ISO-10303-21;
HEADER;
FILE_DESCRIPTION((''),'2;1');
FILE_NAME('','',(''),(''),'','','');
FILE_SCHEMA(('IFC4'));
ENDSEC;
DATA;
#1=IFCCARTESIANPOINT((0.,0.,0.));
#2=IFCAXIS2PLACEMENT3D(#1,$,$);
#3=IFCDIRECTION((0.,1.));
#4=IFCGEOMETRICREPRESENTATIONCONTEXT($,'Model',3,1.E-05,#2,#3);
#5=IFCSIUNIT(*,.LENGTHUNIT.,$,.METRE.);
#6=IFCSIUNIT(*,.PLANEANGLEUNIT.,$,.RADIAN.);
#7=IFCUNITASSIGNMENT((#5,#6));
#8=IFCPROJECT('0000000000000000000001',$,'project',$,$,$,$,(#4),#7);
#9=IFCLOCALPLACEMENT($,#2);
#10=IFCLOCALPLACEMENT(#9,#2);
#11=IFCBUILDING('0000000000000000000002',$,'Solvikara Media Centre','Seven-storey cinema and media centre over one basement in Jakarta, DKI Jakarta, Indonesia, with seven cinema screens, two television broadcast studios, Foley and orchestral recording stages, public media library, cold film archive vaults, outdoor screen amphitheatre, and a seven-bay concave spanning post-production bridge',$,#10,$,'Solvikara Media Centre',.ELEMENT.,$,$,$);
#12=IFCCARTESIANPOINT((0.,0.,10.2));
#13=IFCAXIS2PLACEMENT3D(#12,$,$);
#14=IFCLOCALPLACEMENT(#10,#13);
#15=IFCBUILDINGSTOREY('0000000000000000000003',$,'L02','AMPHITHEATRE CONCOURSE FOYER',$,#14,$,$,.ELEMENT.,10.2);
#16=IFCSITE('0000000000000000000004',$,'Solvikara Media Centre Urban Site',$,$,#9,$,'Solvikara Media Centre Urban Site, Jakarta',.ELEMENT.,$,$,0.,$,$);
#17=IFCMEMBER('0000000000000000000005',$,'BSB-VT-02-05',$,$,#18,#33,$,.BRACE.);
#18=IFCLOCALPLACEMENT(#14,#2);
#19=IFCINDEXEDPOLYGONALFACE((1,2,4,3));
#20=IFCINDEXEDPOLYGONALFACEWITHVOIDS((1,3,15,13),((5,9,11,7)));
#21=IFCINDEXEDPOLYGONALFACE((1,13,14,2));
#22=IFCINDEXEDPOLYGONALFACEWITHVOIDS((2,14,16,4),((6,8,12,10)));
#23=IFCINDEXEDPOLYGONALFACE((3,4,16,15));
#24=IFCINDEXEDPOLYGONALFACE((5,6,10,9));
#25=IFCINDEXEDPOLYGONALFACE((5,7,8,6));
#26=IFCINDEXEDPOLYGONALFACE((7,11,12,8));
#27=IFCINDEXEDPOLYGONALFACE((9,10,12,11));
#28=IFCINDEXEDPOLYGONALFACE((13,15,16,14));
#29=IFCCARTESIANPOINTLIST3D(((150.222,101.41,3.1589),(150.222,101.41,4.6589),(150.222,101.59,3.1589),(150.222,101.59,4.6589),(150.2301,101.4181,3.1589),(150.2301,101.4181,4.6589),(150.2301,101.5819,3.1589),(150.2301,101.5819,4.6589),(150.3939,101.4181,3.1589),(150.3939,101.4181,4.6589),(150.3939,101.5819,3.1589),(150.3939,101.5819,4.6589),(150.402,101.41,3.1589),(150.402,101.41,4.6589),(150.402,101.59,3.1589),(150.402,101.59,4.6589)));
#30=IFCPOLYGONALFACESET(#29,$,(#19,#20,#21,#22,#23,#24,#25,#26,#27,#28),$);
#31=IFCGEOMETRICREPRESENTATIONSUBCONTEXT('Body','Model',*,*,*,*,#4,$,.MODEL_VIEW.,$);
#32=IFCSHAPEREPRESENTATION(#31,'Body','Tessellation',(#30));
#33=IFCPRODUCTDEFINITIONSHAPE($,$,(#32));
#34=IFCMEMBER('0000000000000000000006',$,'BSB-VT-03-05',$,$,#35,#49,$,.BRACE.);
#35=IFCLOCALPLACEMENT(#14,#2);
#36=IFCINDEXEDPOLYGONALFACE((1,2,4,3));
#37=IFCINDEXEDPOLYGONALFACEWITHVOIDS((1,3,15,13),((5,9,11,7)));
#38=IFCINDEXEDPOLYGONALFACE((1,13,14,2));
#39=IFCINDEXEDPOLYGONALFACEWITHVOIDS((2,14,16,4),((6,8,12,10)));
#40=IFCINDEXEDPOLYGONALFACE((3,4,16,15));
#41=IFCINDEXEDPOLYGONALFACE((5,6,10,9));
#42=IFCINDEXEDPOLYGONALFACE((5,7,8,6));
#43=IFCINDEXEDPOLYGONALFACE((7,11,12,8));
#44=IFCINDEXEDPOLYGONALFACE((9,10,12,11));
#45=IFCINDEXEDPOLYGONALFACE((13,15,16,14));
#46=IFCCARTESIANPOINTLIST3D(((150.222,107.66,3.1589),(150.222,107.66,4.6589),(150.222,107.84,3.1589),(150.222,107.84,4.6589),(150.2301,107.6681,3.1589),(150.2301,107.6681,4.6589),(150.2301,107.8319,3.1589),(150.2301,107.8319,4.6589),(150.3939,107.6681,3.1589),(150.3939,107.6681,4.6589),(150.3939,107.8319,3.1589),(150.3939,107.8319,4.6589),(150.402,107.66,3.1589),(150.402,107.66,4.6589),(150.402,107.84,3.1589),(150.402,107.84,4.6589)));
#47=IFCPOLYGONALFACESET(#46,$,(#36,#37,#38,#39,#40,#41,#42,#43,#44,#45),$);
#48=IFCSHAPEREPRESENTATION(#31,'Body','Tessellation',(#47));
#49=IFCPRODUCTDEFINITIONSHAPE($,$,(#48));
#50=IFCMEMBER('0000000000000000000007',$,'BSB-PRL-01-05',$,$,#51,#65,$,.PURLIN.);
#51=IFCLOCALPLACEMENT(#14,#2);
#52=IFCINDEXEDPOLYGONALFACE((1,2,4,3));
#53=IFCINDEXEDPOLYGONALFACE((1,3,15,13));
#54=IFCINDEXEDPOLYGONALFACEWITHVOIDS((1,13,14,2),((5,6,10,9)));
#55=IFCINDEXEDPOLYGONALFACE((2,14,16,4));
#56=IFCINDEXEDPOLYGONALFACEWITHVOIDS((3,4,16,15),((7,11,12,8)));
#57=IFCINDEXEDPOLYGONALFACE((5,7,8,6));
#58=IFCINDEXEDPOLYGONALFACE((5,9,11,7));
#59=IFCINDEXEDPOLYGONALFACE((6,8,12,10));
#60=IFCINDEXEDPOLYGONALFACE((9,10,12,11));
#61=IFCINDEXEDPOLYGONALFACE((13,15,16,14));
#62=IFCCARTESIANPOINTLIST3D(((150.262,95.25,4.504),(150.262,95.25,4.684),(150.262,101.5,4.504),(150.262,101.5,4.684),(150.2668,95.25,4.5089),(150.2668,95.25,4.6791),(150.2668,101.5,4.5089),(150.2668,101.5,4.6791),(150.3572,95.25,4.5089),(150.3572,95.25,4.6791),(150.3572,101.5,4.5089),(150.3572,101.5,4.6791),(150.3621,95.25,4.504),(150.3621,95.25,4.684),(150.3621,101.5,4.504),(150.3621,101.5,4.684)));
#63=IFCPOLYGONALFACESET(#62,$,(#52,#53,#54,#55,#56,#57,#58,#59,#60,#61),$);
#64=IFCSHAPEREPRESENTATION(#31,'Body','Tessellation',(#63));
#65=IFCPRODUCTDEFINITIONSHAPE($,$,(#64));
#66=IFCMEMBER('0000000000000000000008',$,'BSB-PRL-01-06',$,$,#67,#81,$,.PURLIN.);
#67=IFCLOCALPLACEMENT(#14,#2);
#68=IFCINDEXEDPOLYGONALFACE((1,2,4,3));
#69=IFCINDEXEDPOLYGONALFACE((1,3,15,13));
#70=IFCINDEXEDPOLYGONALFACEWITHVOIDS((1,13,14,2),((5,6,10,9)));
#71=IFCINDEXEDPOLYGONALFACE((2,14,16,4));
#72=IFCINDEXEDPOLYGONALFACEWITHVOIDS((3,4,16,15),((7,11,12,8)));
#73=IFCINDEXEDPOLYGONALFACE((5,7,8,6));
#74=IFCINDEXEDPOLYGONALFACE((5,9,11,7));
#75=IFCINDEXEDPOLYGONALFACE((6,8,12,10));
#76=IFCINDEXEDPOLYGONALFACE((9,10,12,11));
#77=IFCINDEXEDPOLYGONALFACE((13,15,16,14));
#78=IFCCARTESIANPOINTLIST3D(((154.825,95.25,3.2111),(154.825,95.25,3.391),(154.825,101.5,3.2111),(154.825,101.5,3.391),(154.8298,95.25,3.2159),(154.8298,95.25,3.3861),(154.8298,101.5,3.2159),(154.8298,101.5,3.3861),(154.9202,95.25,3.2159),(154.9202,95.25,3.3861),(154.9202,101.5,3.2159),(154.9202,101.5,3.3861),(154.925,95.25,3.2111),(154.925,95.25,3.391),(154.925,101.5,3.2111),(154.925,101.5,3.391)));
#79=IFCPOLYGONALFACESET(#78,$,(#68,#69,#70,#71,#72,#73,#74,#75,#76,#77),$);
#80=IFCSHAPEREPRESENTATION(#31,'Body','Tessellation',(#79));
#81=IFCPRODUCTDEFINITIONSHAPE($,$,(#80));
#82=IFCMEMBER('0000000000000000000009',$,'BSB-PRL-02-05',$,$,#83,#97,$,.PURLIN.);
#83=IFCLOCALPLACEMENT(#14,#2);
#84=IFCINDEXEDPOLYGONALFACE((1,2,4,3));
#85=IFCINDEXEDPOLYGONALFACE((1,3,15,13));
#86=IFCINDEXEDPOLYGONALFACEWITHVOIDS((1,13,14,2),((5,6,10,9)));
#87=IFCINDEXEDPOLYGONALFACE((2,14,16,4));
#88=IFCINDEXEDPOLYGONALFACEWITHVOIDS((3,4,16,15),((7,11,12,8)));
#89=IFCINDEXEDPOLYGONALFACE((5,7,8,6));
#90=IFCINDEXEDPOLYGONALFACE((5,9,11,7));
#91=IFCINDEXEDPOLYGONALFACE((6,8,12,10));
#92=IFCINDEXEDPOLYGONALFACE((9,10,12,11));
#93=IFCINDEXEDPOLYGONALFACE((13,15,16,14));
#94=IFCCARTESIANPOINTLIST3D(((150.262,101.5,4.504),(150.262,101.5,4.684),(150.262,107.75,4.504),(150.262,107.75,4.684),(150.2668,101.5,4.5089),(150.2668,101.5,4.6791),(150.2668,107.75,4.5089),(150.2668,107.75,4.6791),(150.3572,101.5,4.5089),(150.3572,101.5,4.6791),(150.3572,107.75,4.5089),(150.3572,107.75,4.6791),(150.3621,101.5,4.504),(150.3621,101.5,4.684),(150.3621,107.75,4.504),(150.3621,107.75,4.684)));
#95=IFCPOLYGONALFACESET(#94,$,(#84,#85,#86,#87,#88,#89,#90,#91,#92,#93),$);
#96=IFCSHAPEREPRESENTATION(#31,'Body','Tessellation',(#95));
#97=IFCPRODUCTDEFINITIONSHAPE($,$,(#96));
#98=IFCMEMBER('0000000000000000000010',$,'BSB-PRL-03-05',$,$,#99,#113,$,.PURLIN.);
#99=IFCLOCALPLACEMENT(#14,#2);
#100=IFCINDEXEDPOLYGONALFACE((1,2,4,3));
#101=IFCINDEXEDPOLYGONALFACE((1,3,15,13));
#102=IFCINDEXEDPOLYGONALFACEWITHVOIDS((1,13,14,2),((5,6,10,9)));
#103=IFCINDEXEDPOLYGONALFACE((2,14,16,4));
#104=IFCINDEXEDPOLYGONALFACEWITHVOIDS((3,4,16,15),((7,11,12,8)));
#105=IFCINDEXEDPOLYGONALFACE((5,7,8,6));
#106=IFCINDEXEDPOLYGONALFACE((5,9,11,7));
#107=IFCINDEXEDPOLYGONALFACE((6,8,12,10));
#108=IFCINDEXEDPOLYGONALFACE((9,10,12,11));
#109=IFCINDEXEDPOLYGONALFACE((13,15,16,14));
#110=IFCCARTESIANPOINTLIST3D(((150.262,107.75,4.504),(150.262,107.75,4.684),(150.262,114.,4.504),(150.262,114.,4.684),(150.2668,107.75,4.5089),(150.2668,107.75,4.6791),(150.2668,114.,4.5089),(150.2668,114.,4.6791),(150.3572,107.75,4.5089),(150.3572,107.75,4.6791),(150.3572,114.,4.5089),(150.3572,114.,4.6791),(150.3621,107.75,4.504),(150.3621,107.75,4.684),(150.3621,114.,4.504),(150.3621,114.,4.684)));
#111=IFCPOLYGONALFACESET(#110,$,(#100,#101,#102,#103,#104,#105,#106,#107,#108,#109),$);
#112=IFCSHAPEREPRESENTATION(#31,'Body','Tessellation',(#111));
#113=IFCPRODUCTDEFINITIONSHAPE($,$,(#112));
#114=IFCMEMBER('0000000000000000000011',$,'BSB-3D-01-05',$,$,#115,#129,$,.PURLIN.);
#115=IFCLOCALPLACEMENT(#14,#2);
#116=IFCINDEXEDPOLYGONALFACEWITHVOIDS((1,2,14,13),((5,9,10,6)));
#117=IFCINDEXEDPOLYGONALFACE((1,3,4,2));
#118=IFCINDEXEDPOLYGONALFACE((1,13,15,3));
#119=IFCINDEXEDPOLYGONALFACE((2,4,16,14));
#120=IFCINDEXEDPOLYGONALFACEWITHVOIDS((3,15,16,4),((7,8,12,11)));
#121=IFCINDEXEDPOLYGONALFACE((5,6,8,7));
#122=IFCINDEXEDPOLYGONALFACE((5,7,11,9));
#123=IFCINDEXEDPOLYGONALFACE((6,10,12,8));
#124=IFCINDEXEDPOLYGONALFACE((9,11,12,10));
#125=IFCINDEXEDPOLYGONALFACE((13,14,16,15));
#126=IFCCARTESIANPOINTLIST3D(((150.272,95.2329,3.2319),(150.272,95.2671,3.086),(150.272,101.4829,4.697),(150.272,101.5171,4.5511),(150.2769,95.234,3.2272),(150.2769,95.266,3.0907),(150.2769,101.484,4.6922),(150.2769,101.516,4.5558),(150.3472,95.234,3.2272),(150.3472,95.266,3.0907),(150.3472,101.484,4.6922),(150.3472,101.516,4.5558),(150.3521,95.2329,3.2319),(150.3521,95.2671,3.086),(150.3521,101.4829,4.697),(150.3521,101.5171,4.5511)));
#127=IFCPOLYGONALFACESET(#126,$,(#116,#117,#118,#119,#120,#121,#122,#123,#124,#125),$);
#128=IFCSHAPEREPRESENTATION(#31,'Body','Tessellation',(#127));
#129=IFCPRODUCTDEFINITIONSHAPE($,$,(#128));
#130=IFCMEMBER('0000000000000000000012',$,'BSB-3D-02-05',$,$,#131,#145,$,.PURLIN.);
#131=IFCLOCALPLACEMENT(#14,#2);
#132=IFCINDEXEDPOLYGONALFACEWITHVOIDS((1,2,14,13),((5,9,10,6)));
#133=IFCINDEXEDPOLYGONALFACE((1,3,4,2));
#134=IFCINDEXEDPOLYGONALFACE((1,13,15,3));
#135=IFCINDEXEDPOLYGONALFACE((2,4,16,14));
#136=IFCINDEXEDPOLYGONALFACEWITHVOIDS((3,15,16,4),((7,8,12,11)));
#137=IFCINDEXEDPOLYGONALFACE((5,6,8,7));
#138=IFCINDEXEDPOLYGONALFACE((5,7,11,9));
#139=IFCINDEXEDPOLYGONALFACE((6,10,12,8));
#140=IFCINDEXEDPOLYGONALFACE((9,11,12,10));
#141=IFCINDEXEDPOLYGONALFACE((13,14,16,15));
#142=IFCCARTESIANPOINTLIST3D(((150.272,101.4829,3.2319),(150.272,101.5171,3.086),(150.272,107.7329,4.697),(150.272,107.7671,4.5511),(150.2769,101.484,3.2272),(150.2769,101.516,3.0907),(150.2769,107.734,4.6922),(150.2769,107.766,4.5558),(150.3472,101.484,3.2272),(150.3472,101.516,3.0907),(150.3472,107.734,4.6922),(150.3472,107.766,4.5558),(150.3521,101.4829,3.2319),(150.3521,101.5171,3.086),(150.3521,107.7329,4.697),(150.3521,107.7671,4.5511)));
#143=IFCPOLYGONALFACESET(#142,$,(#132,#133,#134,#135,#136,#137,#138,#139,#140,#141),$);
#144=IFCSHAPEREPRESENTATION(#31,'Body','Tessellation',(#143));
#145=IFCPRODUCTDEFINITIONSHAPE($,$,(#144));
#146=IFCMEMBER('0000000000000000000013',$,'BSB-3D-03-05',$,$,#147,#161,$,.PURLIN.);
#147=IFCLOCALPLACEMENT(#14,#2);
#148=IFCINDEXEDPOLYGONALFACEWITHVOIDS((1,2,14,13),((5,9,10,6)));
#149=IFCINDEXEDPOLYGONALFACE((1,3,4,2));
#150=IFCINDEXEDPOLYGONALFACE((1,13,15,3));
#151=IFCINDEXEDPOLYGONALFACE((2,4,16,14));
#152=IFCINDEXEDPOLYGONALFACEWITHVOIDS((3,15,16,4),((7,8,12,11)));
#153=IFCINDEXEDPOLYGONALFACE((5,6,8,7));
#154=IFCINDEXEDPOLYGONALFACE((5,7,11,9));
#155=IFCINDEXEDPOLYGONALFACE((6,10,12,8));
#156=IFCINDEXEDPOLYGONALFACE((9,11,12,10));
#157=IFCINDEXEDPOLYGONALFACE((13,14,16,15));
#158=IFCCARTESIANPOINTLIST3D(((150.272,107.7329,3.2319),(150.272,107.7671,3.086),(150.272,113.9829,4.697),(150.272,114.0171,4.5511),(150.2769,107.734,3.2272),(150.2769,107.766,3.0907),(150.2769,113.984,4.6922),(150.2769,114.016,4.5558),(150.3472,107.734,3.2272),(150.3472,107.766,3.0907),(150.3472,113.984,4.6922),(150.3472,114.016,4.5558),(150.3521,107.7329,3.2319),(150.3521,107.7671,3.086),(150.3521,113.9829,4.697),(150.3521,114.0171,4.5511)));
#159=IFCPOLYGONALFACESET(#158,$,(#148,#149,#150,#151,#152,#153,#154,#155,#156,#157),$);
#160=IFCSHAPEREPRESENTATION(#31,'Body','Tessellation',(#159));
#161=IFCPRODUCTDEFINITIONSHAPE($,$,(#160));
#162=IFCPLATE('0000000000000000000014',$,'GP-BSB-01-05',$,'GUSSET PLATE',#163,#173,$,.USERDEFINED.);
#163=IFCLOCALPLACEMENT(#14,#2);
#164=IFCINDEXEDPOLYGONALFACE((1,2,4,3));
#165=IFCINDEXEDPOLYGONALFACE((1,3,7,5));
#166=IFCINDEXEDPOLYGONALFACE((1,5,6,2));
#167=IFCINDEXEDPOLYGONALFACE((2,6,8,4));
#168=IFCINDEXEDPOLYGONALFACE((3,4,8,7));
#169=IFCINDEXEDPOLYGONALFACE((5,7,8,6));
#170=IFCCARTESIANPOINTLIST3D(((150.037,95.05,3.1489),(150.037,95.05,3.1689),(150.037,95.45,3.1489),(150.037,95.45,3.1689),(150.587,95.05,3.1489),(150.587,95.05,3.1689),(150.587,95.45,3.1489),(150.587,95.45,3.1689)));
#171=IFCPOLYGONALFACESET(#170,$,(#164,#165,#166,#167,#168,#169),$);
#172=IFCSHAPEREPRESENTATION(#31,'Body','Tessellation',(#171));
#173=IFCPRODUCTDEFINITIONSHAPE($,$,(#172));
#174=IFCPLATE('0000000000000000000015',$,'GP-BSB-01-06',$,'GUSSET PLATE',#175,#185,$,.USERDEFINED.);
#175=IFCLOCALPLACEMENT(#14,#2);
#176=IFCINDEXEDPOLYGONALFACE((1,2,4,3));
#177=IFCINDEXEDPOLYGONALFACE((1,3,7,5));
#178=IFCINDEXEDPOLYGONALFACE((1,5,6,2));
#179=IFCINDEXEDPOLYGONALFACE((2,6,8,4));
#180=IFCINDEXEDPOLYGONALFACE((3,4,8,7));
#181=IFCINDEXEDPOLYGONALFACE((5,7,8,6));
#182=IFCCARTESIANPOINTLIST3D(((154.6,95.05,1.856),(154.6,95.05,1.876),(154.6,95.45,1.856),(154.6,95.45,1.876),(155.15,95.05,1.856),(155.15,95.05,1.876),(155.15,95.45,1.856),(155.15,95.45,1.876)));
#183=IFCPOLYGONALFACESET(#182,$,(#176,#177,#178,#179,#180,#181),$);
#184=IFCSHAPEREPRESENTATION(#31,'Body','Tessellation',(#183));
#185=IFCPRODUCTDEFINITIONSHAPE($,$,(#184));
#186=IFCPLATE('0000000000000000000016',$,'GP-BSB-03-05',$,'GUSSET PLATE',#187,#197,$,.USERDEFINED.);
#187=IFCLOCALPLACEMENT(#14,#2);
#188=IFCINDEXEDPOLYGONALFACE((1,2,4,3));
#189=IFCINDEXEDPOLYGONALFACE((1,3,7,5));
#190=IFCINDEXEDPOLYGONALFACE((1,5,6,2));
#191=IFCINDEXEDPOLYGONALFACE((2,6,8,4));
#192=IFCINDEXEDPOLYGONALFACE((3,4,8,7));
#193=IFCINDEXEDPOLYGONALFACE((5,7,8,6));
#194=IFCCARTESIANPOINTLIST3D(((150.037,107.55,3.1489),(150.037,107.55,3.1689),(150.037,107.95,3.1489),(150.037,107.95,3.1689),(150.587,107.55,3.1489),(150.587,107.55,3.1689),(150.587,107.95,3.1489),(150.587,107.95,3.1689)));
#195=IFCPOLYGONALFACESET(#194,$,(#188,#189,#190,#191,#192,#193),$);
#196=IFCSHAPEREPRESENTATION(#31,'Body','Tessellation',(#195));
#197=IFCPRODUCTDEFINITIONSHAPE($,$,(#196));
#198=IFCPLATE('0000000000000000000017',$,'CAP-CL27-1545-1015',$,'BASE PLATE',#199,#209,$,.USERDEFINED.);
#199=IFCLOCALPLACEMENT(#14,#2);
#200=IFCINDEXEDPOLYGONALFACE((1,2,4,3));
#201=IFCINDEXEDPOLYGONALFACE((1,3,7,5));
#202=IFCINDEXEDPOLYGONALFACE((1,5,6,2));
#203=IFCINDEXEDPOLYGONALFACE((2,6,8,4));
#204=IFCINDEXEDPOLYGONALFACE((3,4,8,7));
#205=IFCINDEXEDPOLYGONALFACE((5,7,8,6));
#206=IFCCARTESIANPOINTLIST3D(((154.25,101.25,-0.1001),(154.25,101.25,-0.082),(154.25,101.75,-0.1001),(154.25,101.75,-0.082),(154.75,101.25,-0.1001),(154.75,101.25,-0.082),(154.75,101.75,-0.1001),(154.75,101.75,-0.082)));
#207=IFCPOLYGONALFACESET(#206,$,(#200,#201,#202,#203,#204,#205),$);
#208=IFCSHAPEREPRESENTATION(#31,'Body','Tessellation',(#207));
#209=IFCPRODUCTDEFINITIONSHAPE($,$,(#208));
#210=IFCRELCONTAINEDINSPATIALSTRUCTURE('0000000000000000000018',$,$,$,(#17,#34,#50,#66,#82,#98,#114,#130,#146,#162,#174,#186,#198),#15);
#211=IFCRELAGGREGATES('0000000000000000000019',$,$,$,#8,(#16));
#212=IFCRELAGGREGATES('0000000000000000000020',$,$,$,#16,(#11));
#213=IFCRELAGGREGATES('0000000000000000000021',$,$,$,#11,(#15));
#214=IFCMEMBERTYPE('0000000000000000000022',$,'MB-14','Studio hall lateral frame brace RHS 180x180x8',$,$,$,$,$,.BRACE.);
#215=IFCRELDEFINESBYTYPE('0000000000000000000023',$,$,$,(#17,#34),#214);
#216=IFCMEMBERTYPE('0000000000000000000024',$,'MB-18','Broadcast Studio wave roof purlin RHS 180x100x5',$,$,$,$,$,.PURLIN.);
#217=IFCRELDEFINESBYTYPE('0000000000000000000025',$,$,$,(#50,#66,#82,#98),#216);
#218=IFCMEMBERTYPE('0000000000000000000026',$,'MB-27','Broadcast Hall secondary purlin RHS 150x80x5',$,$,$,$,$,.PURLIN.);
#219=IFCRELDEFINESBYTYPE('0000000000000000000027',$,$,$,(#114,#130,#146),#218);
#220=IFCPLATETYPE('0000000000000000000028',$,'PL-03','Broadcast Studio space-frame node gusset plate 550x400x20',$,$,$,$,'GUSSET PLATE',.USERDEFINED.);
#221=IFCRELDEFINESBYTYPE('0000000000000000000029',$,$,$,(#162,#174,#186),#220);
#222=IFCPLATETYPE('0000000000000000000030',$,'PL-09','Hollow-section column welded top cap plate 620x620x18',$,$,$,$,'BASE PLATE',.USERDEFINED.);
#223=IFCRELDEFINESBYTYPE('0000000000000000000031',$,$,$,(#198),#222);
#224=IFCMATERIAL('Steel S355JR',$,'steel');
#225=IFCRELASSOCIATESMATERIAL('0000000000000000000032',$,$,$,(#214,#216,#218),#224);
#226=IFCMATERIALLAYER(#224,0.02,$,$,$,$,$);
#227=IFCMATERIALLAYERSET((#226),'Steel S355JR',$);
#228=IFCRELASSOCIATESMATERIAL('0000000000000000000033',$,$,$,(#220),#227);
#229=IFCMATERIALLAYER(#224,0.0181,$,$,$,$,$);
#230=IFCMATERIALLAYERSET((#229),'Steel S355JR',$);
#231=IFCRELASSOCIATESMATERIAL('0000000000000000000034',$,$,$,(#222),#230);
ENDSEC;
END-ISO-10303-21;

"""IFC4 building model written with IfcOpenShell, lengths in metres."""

from ifc_helpers import new_model, si_unit, direction, frame, origin, origin_2d, place, context, subcontext, project, spatial, rectangle, hollow_rectangle, extrude, material, layer, layer_set, material_profile, profile_set, type_object, element, save


model = new_model("IFC4")

# Units and contexts
model_context = context("Model", 3, precision=1e-05, world=origin(), true_north=direction((0.0, 1.0)))
body_context = subcontext(model_context, "Body", "Model", "MODEL_VIEW")
ifc_project = project(units=[si_unit("LENGTHUNIT", "METRE"), si_unit("PLANEANGLEUNIT", "RADIAN")], contexts=[model_context])

# Site, building, storey
site_placement = place(None, origin())
site = spatial("IfcSite", under=ifc_project, at=site_placement, Name="Solvikara Media Centre Urban Site", LongName="Solvikara Media Centre Urban Site, Jakarta", CompositionType="ELEMENT", RefElevation=0.0)
building_placement = place(site_placement, origin())
building = spatial("IfcBuilding", under=site, at=building_placement, Name="Solvikara Media Centre", Description="Seven-storey cinema and media centre over one basement in Jakarta, DKI Jakarta, Indonesia, with seven cinema screens, two television broadcast studios, Foley and orchestral recording stages, public media library, cold film archive vaults, outdoor screen amphitheatre, and a seven-bay concave spanning post-production bridge", LongName="Solvikara Media Centre", CompositionType="ELEMENT")
storey_placement = place(building_placement, frame((0.0, 0.0, 10.2)))
storey = spatial("IfcBuildingStorey", under=building, at=storey_placement, Name="L02", Description="AMPHITHEATRE CONCOURSE FOYER", CompositionType="ELEMENT", Elevation=10.2)

# Members
ifc_material_1 = material(Name="Steel S355JR", Category="steel")
ifc_material_profile_1 = material_profile(ifc_material_1, hollow_rectangle(XDim=0.1799, YDim=0.1799, WallThickness=0.0081, at=origin_2d()), Name="RHS 180x180x8")
ifc_profile_set_1 = profile_set([ifc_material_profile_1], Name="Steel S355JR")
member_type_1 = type_object("IfcMemberType", Name="MB-14", Description="Studio hall lateral frame brace RHS 180x180x8", PredefinedType="BRACE", material=ifc_profile_set_1)
for number, where, z_axis, x_axis, name in (
    (1, (150.312, 101.5, 3.1589), (0.0, 0.0, 1.0), (1.0, 0.0, 0.0), "BSB-VT-02-05"),
    (2, (150.312, 107.75, 3.1589), (0.0, 0.0, 1.0), (1.0, 0.0, 0.0), "BSB-VT-03-05"),
):
    element("IfcMember", number, at=place(storey_placement, frame(where, z_axis=z_axis, x_axis=x_axis)), inside=storey, type_object=member_type_1, Name=name, PredefinedType="BRACE", context=body_context, shape_type="SweptSolid", body=[
        extrude(hollow_rectangle(XDim=0.1799, YDim=0.1799, WallThickness=0.0081, at=origin_2d()), origin(), (0.0, 0.0, 1.0), 1.5),
    ])
ifc_material_profile_2 = material_profile(ifc_material_1, hollow_rectangle(XDim=0.1001, YDim=0.1799, WallThickness=0.0049, at=origin_2d()), Name="RHS 180x100x5")
ifc_profile_set_2 = profile_set([ifc_material_profile_2], Name="Steel S355JR")
member_type_2 = type_object("IfcMemberType", Name="MB-18", Description="Broadcast Studio wave roof purlin RHS 180x100x5", PredefinedType="PURLIN", material=ifc_profile_set_2)
for number, where, z_axis, x_axis, name in (
    (3, (150.312, 95.25, 4.594), (0.0, 1.0, 0.0), (-1.0, 0.0, 0.0), "BSB-PRL-01-05"),
    (4, (154.875, 95.25, 3.301), (0.0, 1.0, 0.0), (-1.0, 0.0, 0.0), "BSB-PRL-01-06"),
    (5, (150.312, 101.5, 4.594), (0.0, 1.0, 0.0), (-1.0, 0.0, 0.0), "BSB-PRL-02-05"),
    (6, (150.312, 107.75, 4.594), (0.0, 1.0, 0.0), (-1.0, 0.0, 0.0), "BSB-PRL-03-05"),
):
    element("IfcMember", number, at=place(storey_placement, frame(where, z_axis=z_axis, x_axis=x_axis)), inside=storey, type_object=member_type_2, Name=name, PredefinedType="PURLIN", context=body_context, shape_type="SweptSolid", body=[
        extrude(hollow_rectangle(XDim=0.1001, YDim=0.1799, WallThickness=0.0049, at=origin_2d()), origin(), (0.0, 0.0, 1.0), 6.25),
    ])
ifc_material_profile_3 = material_profile(ifc_material_1, hollow_rectangle(XDim=0.0801, YDim=0.1499, WallThickness=0.0049, at=origin_2d()), Name="RHS 150x80x5")
ifc_profile_set_3 = profile_set([ifc_material_profile_3], Name="Steel S355JR")
member_type_3 = type_object("IfcMemberType", Name="MB-27", Description="Broadcast Hall secondary purlin RHS 150x80x5", PredefinedType="PURLIN", material=ifc_profile_set_3)
for number, where, z_axis, x_axis, name in (
    (7, (150.312, 95.25, 3.1589), (0.0, 0.973608, 0.228227), (-1.0, 0.0, 0.0), "BSB-3D-01-05"),
    (8, (150.312, 101.5, 3.1589), (0.0, 0.973608, 0.228227), (-1.0, 0.0, 0.0), "BSB-3D-02-05"),
    (9, (150.312, 107.75, 3.1589), (0.0, 0.973608, 0.228227), (-1.0, 0.0, 0.0), "BSB-3D-03-05"),
):
    element("IfcMember", number, at=place(storey_placement, frame(where, z_axis=z_axis, x_axis=x_axis)), inside=storey, type_object=member_type_3, Name=name, PredefinedType="PURLIN", context=body_context, shape_type="SweptSolid", body=[
        extrude(hollow_rectangle(XDim=0.0801, YDim=0.1499, WallThickness=0.0049, at=origin_2d()), origin(), (0.0, 0.0, 1.0), 6.4194),
    ])

# Plates
ifc_layer_1 = layer(ifc_material_1, 0.02)
ifc_layer_set_1 = layer_set([ifc_layer_1], Name="Steel S355JR")
plate_type_1 = type_object("IfcPlateType", Name="PL-03", Description="Broadcast Studio space-frame node gusset plate 550x400x20", ElementType="GUSSET PLATE", PredefinedType="USERDEFINED", material=ifc_layer_set_1)
for number, where, z_axis, x_axis, name in (
    (10, (150.312, 95.25, 3.1489), (0.0, 0.0, 1.0), (1.0, 0.0, 0.0), "GP-BSB-01-05"),
    (11, (154.875, 95.25, 1.856), (0.0, 0.0, 1.0), (1.0, 0.0, 0.0), "GP-BSB-01-06"),
    (12, (150.312, 107.75, 3.1489), (0.0, 0.0, 1.0), (1.0, 0.0, 0.0), "GP-BSB-03-05"),
):
    element("IfcPlate", number, at=place(storey_placement, frame(where, z_axis=z_axis, x_axis=x_axis)), inside=storey, type_object=plate_type_1, Name=name, ObjectType="GUSSET PLATE", PredefinedType="USERDEFINED", context=body_context, shape_type="SweptSolid", body=[
        extrude(rectangle(XDim=0.55, YDim=0.3999, at=origin_2d()), origin(), (0.0, 0.0, 1.0), 0.02),
    ])
ifc_layer_2 = layer(ifc_material_1, 0.0181)
ifc_layer_set_2 = layer_set([ifc_layer_2], Name="Steel S355JR")
plate_type_2 = type_object("IfcPlateType", Name="PL-09", Description="Hollow-section column welded top cap plate 620x620x18", ElementType="BASE PLATE", PredefinedType="USERDEFINED", material=ifc_layer_set_2)
plate_placement = place(storey_placement, frame((154.5, 101.5, -0.1001), z_axis=(0.0, 0.0, 1.0), x_axis=(1.0, 0.0, 0.0)))
element("IfcPlate", 13, at=plate_placement, inside=storey, type_object=plate_type_2, Name="CAP-CL27-1545-1015", ObjectType="BASE PLATE", PredefinedType="USERDEFINED", context=body_context, shape_type="SweptSolid", body=[
    extrude(rectangle(XDim=0.5, YDim=0.5, at=origin_2d()), origin(), (0.0, 0.0, 1.0), 0.0181),
])

save(model, "model.ifc")
